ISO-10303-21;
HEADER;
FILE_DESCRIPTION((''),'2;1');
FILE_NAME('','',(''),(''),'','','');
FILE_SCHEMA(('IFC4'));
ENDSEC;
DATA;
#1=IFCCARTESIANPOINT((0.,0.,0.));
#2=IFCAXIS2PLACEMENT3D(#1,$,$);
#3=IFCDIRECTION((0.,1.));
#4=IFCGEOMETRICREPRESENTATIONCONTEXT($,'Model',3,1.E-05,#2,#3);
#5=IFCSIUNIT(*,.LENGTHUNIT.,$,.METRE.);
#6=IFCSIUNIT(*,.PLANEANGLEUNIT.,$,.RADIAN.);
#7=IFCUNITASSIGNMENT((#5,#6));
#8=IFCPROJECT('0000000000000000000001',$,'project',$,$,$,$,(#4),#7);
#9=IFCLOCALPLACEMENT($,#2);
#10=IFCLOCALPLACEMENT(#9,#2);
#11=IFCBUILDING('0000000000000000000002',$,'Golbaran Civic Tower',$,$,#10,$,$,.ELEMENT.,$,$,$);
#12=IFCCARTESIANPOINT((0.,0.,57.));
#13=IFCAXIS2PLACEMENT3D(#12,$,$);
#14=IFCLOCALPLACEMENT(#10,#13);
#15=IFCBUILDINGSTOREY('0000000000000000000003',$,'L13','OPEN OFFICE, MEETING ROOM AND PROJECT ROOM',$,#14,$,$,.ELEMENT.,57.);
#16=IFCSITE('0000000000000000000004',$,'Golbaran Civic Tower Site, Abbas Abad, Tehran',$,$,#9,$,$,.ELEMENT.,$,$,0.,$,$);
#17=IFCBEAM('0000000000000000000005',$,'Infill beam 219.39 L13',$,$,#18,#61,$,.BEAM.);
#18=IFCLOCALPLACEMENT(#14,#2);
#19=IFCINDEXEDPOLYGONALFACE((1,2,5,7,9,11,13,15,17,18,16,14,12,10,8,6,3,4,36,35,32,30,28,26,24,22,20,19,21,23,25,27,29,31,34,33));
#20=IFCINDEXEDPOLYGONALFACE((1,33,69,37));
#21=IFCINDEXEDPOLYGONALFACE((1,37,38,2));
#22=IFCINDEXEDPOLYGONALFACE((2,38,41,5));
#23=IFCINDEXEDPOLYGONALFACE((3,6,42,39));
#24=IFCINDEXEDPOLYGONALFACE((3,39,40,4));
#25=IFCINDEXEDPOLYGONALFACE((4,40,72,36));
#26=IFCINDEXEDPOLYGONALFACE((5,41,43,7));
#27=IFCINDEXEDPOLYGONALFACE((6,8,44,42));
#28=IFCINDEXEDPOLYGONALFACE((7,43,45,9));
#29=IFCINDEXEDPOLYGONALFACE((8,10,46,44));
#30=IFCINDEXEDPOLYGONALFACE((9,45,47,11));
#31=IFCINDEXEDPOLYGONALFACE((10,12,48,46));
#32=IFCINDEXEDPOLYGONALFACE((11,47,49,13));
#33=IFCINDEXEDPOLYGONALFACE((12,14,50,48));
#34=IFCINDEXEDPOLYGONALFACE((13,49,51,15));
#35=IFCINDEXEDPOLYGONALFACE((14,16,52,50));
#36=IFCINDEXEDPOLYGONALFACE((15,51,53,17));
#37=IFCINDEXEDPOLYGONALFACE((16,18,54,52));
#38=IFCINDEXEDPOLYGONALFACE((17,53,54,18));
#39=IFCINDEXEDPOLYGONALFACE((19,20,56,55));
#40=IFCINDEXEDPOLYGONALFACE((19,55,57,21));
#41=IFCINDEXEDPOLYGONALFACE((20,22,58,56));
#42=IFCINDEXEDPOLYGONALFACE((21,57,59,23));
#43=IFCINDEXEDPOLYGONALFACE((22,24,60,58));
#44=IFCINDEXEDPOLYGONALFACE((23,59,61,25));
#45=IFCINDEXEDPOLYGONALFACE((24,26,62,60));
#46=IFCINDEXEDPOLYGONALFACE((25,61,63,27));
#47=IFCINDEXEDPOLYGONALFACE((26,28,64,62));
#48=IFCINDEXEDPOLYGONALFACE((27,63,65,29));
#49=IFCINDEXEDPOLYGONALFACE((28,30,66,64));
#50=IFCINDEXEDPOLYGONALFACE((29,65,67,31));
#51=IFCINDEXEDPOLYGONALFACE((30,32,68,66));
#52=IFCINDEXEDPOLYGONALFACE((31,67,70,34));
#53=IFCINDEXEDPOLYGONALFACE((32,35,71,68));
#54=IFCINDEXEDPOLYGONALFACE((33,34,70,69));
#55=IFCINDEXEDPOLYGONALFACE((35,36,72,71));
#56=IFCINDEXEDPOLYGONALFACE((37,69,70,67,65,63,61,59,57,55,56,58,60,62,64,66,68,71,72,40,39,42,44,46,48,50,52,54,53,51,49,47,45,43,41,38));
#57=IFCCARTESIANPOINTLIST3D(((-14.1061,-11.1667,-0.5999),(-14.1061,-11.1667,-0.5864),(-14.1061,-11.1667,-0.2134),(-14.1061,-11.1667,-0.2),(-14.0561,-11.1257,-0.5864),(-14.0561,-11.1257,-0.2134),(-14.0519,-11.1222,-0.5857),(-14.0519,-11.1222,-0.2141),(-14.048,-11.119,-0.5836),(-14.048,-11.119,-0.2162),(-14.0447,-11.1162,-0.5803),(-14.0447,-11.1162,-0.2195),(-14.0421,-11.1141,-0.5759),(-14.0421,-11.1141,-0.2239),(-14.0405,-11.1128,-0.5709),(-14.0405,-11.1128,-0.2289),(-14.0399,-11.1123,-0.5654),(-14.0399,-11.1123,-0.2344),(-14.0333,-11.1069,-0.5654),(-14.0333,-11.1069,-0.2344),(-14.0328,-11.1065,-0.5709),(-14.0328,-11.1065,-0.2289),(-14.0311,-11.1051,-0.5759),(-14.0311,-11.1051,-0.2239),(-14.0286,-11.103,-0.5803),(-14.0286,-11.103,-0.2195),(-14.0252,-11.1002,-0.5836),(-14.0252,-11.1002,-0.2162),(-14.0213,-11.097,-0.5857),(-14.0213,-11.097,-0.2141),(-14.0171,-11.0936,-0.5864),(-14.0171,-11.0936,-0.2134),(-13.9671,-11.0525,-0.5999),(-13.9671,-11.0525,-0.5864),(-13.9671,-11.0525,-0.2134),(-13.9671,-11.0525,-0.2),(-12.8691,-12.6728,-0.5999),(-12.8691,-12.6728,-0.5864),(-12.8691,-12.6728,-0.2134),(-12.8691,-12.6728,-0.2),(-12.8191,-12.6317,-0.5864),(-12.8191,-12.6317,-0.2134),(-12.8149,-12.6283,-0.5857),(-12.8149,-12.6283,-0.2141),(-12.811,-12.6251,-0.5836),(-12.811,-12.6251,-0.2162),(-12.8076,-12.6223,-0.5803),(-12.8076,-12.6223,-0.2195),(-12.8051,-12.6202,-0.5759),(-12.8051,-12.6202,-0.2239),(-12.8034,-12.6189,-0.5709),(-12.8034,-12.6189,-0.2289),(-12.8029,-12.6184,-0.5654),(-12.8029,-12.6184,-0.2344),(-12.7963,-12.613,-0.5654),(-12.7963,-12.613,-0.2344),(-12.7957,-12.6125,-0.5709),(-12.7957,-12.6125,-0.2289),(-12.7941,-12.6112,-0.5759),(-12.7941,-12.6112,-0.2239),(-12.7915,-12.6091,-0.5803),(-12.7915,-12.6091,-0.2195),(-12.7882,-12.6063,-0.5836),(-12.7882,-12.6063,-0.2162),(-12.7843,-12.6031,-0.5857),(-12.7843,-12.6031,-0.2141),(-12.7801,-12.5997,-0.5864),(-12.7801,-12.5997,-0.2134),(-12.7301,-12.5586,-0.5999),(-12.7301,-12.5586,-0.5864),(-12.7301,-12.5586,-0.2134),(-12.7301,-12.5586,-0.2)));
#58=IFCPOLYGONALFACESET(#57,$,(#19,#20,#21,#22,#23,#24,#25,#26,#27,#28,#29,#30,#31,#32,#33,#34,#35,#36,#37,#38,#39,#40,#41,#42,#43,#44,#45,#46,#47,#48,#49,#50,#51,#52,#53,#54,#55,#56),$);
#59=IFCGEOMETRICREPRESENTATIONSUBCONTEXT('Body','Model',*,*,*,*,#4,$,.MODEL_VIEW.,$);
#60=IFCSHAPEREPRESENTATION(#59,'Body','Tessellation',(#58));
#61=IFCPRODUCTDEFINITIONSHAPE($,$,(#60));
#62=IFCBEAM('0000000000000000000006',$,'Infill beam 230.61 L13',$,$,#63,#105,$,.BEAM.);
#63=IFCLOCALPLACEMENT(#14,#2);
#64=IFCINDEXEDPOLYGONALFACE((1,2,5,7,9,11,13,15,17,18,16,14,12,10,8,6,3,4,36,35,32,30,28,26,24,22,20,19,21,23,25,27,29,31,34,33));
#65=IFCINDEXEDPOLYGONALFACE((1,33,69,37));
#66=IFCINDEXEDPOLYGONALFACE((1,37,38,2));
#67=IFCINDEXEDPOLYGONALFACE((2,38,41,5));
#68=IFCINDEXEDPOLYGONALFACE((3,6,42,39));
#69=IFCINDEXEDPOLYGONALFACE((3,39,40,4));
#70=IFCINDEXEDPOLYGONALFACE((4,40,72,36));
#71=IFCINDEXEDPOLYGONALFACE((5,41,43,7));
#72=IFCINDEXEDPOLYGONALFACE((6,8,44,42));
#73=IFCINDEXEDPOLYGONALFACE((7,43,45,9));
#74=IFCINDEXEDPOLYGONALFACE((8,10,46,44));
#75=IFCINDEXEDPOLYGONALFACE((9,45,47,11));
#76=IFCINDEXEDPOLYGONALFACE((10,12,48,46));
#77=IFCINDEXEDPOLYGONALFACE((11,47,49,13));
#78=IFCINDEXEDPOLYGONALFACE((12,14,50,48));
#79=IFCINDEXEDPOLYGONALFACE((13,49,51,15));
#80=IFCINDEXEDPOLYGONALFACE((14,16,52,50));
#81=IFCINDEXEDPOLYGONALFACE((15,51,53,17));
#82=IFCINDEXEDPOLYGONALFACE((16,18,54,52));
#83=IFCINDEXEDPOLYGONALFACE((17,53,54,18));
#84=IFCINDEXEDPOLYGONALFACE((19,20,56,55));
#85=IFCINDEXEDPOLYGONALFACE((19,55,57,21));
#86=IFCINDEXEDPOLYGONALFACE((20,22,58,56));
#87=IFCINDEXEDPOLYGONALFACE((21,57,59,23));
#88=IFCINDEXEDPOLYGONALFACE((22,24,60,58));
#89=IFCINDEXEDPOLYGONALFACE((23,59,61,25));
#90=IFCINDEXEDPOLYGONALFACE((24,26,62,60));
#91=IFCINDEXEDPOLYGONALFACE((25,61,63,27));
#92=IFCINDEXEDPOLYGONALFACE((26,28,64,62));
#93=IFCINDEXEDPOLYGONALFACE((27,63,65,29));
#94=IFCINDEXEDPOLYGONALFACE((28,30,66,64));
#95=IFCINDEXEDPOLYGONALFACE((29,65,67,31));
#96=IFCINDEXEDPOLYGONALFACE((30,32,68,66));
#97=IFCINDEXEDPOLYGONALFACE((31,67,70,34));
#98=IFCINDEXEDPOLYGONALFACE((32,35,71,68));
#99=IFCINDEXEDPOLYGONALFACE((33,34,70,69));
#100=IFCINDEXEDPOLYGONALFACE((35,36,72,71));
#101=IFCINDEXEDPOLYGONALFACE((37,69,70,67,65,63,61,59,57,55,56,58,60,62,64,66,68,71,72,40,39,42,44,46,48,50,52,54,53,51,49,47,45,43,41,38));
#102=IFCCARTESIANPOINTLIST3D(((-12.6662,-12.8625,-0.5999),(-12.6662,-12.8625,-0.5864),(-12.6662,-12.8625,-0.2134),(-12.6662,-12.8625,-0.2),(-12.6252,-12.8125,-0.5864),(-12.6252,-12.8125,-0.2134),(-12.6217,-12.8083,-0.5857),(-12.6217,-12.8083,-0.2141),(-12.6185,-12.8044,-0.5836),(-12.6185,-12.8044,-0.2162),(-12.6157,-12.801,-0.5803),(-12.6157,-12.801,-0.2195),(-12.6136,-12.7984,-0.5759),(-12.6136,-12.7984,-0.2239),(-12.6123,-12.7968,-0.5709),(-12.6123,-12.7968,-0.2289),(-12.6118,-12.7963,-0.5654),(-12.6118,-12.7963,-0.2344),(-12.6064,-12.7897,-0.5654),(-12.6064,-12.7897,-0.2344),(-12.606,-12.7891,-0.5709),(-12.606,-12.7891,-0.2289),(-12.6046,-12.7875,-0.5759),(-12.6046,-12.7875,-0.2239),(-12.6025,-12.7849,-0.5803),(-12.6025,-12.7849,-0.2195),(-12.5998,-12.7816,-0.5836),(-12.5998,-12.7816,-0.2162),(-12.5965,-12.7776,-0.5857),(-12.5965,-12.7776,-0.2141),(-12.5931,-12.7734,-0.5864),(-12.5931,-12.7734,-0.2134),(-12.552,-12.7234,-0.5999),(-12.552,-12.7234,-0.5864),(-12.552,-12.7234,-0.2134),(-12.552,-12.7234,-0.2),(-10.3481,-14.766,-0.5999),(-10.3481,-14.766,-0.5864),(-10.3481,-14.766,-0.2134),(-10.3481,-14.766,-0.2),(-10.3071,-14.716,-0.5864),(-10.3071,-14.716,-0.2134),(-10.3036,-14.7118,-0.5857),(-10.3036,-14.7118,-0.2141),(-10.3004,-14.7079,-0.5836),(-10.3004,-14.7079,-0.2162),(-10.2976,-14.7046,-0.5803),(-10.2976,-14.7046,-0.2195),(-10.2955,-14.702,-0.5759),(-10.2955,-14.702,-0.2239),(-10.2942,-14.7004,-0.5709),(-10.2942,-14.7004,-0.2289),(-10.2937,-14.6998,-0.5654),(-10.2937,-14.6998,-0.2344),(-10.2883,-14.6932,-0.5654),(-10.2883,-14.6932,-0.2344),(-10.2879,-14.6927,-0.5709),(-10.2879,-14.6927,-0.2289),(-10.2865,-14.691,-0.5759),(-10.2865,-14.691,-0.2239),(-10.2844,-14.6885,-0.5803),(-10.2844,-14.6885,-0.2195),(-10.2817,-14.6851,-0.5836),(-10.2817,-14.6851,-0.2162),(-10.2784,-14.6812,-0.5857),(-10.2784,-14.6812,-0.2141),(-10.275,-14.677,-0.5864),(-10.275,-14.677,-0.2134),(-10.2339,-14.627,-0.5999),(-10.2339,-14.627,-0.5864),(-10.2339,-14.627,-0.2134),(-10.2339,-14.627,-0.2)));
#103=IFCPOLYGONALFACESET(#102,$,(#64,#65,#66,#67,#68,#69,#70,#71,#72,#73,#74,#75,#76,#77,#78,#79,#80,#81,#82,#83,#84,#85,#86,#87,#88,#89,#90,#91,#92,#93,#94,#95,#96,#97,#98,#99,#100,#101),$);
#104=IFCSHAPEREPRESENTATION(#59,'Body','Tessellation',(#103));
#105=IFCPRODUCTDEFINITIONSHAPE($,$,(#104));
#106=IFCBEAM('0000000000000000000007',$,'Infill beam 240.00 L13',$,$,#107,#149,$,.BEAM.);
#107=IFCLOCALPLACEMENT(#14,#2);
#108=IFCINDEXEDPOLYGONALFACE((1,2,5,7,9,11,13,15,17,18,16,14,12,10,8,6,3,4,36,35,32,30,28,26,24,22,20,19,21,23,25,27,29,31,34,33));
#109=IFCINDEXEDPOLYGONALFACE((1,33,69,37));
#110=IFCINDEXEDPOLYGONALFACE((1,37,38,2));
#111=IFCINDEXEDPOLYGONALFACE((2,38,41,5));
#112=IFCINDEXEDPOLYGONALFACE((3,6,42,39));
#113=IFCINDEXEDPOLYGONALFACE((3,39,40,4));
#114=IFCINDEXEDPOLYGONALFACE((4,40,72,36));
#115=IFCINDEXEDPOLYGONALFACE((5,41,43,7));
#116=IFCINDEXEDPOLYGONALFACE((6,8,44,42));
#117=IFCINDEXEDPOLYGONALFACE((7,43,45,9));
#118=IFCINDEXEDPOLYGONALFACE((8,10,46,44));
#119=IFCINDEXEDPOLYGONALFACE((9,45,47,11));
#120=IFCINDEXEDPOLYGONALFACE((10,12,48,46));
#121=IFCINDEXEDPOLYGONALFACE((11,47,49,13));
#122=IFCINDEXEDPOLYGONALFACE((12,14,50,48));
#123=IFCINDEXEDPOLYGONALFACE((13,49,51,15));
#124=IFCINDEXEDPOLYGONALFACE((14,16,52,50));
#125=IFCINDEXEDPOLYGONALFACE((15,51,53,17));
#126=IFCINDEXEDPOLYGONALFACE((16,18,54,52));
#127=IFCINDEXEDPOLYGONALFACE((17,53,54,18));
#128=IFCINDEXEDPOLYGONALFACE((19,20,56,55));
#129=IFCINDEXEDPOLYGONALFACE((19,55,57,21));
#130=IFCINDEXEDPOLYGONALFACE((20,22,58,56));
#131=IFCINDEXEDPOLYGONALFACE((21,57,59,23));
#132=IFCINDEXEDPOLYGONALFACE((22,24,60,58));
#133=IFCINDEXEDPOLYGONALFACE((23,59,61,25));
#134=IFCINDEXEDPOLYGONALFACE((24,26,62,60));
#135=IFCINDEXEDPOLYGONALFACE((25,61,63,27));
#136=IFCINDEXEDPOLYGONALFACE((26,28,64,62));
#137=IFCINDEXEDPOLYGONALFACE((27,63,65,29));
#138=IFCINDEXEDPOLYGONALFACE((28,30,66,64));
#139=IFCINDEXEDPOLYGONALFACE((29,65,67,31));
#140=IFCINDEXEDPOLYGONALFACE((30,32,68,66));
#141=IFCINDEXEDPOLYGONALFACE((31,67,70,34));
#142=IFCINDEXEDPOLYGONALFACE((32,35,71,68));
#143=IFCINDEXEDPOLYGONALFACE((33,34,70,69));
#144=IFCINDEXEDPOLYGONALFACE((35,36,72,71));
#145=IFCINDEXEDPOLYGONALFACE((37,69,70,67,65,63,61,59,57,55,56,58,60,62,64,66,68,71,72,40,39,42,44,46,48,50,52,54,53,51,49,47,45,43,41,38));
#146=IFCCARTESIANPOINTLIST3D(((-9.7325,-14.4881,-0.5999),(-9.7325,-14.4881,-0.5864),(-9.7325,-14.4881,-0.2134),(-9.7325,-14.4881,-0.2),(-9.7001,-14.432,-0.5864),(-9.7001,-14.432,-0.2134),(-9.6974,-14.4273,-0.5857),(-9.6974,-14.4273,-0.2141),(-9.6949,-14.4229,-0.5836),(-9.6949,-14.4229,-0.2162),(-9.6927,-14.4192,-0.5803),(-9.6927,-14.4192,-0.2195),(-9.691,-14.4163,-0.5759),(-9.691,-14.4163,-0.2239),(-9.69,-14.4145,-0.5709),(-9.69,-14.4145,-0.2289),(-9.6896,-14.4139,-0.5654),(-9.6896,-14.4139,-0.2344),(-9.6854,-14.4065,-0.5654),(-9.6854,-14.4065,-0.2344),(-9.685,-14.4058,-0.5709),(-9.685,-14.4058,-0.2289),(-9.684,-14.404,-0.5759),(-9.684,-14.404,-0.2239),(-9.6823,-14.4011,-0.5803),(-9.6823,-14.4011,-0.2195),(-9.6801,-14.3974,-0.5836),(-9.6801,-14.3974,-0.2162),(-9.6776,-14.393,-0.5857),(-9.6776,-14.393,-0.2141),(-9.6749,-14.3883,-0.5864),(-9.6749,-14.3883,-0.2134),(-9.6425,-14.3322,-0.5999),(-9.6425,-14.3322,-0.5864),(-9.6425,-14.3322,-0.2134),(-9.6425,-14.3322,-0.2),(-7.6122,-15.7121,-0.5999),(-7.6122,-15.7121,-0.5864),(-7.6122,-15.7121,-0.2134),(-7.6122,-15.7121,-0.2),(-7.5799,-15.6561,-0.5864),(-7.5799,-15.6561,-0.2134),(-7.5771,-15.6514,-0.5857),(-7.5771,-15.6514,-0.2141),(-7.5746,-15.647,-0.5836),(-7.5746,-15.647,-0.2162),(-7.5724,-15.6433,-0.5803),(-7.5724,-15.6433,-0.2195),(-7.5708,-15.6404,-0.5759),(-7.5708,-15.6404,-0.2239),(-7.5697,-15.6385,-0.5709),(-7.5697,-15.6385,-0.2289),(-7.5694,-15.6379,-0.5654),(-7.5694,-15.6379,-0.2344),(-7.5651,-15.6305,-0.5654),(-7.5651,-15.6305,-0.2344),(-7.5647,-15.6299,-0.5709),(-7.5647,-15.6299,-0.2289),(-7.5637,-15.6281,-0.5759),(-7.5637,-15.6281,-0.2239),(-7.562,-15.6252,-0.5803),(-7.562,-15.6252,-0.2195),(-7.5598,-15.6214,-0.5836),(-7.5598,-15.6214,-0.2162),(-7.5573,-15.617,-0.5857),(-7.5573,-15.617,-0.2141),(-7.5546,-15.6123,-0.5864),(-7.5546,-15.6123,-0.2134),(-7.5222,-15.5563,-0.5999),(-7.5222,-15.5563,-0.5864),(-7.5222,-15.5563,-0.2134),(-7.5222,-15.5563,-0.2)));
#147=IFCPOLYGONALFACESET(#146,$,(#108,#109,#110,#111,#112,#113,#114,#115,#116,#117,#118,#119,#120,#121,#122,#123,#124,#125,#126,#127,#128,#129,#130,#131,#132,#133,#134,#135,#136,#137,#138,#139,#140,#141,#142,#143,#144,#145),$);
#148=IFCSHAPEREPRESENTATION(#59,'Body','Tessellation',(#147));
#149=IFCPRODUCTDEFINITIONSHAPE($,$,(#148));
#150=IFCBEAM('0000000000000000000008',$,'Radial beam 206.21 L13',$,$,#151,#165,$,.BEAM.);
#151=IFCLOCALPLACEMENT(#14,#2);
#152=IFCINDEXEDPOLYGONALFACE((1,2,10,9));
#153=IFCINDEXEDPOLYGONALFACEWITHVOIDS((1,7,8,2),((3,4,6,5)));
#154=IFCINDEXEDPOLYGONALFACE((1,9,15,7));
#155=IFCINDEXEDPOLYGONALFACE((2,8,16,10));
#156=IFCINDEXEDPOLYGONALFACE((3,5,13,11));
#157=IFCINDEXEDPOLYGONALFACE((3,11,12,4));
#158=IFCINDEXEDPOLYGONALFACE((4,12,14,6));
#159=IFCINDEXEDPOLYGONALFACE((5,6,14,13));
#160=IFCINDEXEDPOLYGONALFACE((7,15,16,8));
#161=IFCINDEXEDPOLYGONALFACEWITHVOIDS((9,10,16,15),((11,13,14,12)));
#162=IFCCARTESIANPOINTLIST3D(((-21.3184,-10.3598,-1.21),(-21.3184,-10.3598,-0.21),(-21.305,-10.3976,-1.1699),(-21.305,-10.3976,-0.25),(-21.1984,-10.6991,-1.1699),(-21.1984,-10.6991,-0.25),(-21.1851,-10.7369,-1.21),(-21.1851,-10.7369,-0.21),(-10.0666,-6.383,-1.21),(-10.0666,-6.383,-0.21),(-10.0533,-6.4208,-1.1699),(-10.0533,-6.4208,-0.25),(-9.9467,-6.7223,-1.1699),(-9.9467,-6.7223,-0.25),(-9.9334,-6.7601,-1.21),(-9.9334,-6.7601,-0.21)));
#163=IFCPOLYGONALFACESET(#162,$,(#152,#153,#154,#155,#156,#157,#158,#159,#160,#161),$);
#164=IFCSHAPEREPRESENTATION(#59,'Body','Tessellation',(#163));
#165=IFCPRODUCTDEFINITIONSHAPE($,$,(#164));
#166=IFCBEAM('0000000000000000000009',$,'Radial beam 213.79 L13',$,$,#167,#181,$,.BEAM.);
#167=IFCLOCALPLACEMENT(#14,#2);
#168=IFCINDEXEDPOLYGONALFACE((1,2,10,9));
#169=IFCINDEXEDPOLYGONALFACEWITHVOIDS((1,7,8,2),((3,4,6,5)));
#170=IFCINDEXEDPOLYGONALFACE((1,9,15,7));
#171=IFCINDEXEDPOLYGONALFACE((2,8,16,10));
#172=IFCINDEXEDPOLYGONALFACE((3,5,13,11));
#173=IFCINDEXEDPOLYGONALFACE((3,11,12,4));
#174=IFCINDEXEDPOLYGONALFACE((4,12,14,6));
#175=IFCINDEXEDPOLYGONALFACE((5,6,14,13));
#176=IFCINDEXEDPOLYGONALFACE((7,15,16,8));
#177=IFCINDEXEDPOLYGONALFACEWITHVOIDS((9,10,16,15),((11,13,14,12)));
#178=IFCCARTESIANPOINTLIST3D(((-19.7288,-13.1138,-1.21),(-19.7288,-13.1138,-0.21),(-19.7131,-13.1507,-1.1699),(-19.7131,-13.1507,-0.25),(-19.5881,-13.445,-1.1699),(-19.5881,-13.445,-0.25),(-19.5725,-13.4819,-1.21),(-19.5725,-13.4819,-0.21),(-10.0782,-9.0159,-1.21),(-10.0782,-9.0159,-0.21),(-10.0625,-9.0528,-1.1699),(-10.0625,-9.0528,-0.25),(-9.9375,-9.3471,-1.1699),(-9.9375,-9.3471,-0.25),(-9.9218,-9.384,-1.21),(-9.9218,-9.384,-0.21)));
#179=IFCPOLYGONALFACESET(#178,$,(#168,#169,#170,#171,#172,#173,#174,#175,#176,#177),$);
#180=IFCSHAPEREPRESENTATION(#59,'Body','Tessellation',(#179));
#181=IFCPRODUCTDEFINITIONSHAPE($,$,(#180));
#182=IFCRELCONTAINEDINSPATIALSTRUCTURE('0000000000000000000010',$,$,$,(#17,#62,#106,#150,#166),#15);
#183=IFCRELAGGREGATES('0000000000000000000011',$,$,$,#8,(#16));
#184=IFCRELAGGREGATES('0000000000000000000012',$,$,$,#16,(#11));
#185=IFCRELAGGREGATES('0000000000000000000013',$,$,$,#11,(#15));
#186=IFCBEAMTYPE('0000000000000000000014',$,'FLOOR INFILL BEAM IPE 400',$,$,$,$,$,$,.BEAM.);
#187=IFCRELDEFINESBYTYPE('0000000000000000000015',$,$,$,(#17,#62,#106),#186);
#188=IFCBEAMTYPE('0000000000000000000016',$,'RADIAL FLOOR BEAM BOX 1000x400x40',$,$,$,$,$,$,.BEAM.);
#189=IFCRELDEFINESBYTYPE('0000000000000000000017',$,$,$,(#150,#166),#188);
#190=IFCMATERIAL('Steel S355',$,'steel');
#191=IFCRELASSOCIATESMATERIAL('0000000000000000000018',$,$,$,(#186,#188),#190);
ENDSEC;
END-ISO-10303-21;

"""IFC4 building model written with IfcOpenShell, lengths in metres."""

from ifc_helpers import new_model, si_unit, direction, frame, origin, origin_2d, place, context, subcontext, project, spatial, hollow_rectangle, i_section, extrude, material, material_profile, profile_set, type_object, element, save


model = new_model("IFC4")

# Units and contexts
model_context = context("Model", 3, precision=1e-05, world=origin(), true_north=direction((0.0, 1.0)))
body_context = subcontext(model_context, "Body", "Model", "MODEL_VIEW")
ifc_project = project(units=[si_unit("LENGTHUNIT", "METRE"), si_unit("PLANEANGLEUNIT", "RADIAN")], contexts=[model_context])

# Site, building, storey
site_placement = place(None, origin())
site = spatial("IfcSite", under=ifc_project, at=site_placement, Name="Golbaran Civic Tower Site, Abbas Abad, Tehran", CompositionType="ELEMENT", RefElevation=0.0)
building_placement = place(site_placement, origin())
building = spatial("IfcBuilding", under=site, at=building_placement, Name="Golbaran Civic Tower", CompositionType="ELEMENT")
storey_placement = place(building_placement, frame((0.0, 0.0, 57.0)))
storey = spatial("IfcBuildingStorey", under=building, at=storey_placement, Name="L13", Description="OPEN OFFICE, MEETING ROOM AND PROJECT ROOM", CompositionType="ELEMENT", Elevation=57.0)

# Beams
ifc_material_1 = material(Name="Steel S355", Category="steel")
ifc_material_profile_1 = material_profile(ifc_material_1, i_section(OverallWidth=0.1799, OverallDepth=0.3999, WebThickness=0.0085, FlangeThickness=0.0134, FilletRadius=0.021, at=origin_2d()), Name="IPE 400")
ifc_profile_set_1 = profile_set([ifc_material_profile_1], Name="Steel S355")
beam_type_1 = type_object("IfcBeamType", Name="FLOOR INFILL BEAM IPE 400", PredefinedType="BEAM", material=ifc_profile_set_1)
beam_1_placement = place(storey_placement, frame((-14.0366, -11.1096, -0.3999), z_axis=(0.63471, -0.77275, 0.0), x_axis=(0.77275, 0.63471, 0.0)))
element("IfcBeam", 1, at=beam_1_placement, inside=storey, type_object=beam_type_1, Name="Infill beam 219.39 L13", PredefinedType="BEAM", context=body_context, shape_type="SweptSolid", body=[
    extrude(i_section(OverallWidth=0.1799, OverallDepth=0.3999, WebThickness=0.0085, FlangeThickness=0.0134, FilletRadius=0.021, at=origin_2d()), origin(), (0.0, 0.0, 1.0), 1.949),
])
beam_2_placement = place(storey_placement, frame((-12.6091, -12.793, -0.3999), z_axis=(0.772825, -0.63462, 0.0), x_axis=(0.63462, 0.772825, 0.0)))
element("IfcBeam", 2, at=beam_2_placement, inside=storey, type_object=beam_type_1, Name="Infill beam 230.61 L13", PredefinedType="BEAM", context=body_context, shape_type="SweptSolid", body=[
    extrude(i_section(OverallWidth=0.1799, OverallDepth=0.3999, WebThickness=0.0085, FlangeThickness=0.0134, FilletRadius=0.021, at=origin_2d()), origin(), (0.0, 0.0, 1.0), 2.9995),
])
beam_3_placement = place(storey_placement, frame((-9.6875, -14.4102, -0.3999), z_axis=(0.866038, -0.499979, 0.0), x_axis=(0.499979, 0.866038, 0.0)))
element("IfcBeam", 3, at=beam_3_placement, inside=storey, type_object=beam_type_1, Name="Infill beam 240.00 L13", PredefinedType="BEAM", context=body_context, shape_type="SweptSolid", body=[
    extrude(i_section(OverallWidth=0.1799, OverallDepth=0.3999, WebThickness=0.0085, FlangeThickness=0.0134, FilletRadius=0.021, at=origin_2d()), origin(), (0.0, 0.0, 1.0), 2.4482),
])
ifc_material_profile_2 = material_profile(ifc_material_1, hollow_rectangle(XDim=0.3999, YDim=1.0, WallThickness=0.04, at=origin_2d()), Name="BOX 1000x400x40")
ifc_profile_set_2 = profile_set([ifc_material_profile_2], Name="Steel S355")
beam_type_2 = type_object("IfcBeamType", Name="RADIAL FLOOR BEAM BOX 1000x400x40", PredefinedType="BEAM", material=ifc_profile_set_2)
beam_4_placement = place(storey_placement, frame((-10.0, -6.5715, -0.71), z_axis=(-0.942843, -0.333238, 0.0), x_axis=(0.333238, -0.942843, 0.0)))
element("IfcBeam", 4, at=beam_4_placement, inside=storey, type_object=beam_type_2, Name="Radial beam 206.21 L13", PredefinedType="BEAM", context=body_context, shape_type="SweptSolid", body=[
    extrude(hollow_rectangle(XDim=0.3999, YDim=1.0, WallThickness=0.04, at=origin_2d()), origin(), (0.0, 0.0, 1.0), 11.9338),
])
beam_5_placement = place(storey_placement, frame((-10.0, -9.2, -0.71), z_axis=(-0.920455, -0.390848, 0.0), x_axis=(0.390848, -0.920455, 0.0)))
element("IfcBeam", 5, at=beam_5_placement, inside=storey, type_object=beam_type_2, Name="Radial beam 213.79 L13", PredefinedType="BEAM", context=body_context, shape_type="SweptSolid", body=[
    extrude(hollow_rectangle(XDim=0.3999, YDim=1.0, WallThickness=0.04, at=origin_2d()), origin(), (0.0, 0.0, 1.0), 10.4846),
])

save(model, "model.ifc")
